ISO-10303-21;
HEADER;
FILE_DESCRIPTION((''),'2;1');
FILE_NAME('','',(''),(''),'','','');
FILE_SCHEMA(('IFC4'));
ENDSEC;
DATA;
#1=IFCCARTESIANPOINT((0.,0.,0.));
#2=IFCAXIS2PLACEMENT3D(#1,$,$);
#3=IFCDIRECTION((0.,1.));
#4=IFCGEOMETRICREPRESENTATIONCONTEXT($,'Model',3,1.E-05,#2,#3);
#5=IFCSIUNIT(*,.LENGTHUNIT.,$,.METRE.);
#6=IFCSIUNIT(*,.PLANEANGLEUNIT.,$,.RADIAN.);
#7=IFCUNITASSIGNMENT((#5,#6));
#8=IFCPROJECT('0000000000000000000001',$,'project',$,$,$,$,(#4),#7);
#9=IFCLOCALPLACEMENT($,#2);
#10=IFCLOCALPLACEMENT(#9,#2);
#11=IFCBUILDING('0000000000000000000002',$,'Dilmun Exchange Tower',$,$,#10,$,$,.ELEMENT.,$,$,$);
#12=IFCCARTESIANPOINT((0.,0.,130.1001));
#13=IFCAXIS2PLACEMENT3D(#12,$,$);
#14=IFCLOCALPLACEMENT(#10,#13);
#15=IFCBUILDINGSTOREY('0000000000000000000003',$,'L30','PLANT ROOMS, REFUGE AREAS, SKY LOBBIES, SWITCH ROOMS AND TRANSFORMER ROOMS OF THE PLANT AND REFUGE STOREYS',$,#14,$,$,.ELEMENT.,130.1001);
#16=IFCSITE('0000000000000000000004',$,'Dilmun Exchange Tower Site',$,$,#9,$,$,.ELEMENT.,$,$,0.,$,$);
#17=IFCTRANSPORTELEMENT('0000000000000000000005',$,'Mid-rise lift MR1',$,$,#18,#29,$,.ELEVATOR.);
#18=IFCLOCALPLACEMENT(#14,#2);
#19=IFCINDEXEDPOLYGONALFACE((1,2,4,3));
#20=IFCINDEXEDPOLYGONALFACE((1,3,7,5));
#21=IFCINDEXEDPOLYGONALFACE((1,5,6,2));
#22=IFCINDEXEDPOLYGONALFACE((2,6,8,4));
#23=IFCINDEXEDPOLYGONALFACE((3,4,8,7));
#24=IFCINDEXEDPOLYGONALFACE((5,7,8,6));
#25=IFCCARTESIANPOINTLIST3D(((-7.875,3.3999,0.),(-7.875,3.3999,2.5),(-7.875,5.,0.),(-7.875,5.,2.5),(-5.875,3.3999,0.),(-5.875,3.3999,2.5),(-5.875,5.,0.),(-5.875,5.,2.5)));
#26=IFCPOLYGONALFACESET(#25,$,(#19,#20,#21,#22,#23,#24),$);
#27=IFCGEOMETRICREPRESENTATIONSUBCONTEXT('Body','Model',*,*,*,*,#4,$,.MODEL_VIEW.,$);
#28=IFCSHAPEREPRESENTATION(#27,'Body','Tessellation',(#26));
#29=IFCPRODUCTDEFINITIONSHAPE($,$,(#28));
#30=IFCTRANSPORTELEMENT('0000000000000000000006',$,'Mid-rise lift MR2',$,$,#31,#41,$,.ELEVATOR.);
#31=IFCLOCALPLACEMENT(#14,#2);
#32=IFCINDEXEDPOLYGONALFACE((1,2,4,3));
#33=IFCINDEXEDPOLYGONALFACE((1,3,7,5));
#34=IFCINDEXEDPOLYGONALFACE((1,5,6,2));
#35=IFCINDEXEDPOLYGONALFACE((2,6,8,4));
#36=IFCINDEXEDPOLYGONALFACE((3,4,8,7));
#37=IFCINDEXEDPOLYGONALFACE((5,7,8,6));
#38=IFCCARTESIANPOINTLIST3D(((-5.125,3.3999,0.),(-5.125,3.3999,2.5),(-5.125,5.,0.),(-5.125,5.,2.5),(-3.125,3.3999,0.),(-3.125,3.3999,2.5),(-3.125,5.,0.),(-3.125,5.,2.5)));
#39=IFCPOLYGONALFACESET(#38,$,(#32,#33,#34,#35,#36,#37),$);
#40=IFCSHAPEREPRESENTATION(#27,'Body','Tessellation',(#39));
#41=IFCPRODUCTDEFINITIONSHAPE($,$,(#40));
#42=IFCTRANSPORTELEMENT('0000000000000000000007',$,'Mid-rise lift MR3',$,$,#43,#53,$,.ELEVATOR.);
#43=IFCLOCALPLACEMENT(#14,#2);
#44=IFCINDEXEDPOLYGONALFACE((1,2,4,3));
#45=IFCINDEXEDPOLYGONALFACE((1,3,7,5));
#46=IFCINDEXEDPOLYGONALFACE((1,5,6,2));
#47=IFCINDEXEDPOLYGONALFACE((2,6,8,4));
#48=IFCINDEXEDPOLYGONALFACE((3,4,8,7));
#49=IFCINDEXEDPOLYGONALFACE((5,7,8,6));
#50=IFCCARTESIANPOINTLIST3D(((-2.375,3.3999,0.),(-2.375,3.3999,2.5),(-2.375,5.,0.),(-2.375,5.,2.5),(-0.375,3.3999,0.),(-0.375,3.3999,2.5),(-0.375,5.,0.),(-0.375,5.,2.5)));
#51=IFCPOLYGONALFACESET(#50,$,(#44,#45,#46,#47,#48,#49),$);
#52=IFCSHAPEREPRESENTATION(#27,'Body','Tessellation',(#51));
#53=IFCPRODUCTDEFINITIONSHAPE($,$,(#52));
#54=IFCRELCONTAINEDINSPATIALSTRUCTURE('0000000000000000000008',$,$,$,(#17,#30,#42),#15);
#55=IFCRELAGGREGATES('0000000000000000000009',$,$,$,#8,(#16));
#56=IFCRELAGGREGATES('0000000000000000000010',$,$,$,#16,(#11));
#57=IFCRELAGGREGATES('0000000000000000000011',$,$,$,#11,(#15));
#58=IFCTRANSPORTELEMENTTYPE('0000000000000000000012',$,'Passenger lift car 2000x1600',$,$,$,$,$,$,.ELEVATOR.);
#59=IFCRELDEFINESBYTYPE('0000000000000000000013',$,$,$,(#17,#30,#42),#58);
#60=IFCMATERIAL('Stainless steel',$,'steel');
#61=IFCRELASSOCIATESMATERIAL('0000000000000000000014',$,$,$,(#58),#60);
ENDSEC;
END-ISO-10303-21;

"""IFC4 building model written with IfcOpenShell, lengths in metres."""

from ifc_helpers import new_model, si_unit, direction, frame, origin, origin_2d, place, context, subcontext, project, spatial, rectangle, extrude, material, type_object, element, save


model = new_model("IFC4")

# Units and contexts
model_context = context("Model", 3, precision=1e-05, world=origin(), true_north=direction((0.0, 1.0)))
body_context = subcontext(model_context, "Body", "Model", "MODEL_VIEW")
ifc_project = project(units=[si_unit("LENGTHUNIT", "METRE"), si_unit("PLANEANGLEUNIT", "RADIAN")], contexts=[model_context])

# Site, building, storey
site_placement = place(None, origin())
site = spatial("IfcSite", under=ifc_project, at=site_placement, Name="Dilmun Exchange Tower Site", CompositionType="ELEMENT", RefElevation=0.0)
building_placement = place(site_placement, origin())
building = spatial("IfcBuilding", under=site, at=building_placement, Name="Dilmun Exchange Tower", CompositionType="ELEMENT")
storey_placement = place(building_placement, frame((0.0, 0.0, 130.1001)))
storey = spatial("IfcBuildingStorey", under=building, at=storey_placement, Name="L30", Description="PLANT ROOMS, REFUGE AREAS, SKY LOBBIES, SWITCH ROOMS AND TRANSFORMER ROOMS OF THE PLANT AND REFUGE STOREYS", CompositionType="ELEMENT", Elevation=130.1001)

# Transport elements
ifc_material_1 = material(Name="Stainless steel", Category="steel")
transport_element_type = type_object("IfcTransportElementType", Name="Passenger lift car 2000x1600", PredefinedType="ELEVATOR", material=ifc_material_1)
for number, where, z_axis, x_axis, name in (
    (1, (-6.875, 4.2, 0.0), (0.0, 0.0, 1.0), (1.0, 0.0, 0.0), "Mid-rise lift MR1"),
    (2, (-4.125, 4.2, 0.0), (0.0, 0.0, 1.0), (1.0, 0.0, 0.0), "Mid-rise lift MR2"),
    (3, (-1.375, 4.2, 0.0), (0.0, 0.0, 1.0), (1.0, 0.0, 0.0), "Mid-rise lift MR3"),
):
    element("IfcTransportElement", number, at=place(storey_placement, frame(where, z_axis=z_axis, x_axis=x_axis)), inside=storey, type_object=transport_element_type, Name=name, PredefinedType="ELEVATOR", context=body_context, shape_type="SweptSolid", body=[
        extrude(rectangle(XDim=2.0, YDim=1.6001, at=origin_2d()), origin(), (0.0, 0.0, 1.0), 2.5),
    ])

save(model, "model.ifc")
